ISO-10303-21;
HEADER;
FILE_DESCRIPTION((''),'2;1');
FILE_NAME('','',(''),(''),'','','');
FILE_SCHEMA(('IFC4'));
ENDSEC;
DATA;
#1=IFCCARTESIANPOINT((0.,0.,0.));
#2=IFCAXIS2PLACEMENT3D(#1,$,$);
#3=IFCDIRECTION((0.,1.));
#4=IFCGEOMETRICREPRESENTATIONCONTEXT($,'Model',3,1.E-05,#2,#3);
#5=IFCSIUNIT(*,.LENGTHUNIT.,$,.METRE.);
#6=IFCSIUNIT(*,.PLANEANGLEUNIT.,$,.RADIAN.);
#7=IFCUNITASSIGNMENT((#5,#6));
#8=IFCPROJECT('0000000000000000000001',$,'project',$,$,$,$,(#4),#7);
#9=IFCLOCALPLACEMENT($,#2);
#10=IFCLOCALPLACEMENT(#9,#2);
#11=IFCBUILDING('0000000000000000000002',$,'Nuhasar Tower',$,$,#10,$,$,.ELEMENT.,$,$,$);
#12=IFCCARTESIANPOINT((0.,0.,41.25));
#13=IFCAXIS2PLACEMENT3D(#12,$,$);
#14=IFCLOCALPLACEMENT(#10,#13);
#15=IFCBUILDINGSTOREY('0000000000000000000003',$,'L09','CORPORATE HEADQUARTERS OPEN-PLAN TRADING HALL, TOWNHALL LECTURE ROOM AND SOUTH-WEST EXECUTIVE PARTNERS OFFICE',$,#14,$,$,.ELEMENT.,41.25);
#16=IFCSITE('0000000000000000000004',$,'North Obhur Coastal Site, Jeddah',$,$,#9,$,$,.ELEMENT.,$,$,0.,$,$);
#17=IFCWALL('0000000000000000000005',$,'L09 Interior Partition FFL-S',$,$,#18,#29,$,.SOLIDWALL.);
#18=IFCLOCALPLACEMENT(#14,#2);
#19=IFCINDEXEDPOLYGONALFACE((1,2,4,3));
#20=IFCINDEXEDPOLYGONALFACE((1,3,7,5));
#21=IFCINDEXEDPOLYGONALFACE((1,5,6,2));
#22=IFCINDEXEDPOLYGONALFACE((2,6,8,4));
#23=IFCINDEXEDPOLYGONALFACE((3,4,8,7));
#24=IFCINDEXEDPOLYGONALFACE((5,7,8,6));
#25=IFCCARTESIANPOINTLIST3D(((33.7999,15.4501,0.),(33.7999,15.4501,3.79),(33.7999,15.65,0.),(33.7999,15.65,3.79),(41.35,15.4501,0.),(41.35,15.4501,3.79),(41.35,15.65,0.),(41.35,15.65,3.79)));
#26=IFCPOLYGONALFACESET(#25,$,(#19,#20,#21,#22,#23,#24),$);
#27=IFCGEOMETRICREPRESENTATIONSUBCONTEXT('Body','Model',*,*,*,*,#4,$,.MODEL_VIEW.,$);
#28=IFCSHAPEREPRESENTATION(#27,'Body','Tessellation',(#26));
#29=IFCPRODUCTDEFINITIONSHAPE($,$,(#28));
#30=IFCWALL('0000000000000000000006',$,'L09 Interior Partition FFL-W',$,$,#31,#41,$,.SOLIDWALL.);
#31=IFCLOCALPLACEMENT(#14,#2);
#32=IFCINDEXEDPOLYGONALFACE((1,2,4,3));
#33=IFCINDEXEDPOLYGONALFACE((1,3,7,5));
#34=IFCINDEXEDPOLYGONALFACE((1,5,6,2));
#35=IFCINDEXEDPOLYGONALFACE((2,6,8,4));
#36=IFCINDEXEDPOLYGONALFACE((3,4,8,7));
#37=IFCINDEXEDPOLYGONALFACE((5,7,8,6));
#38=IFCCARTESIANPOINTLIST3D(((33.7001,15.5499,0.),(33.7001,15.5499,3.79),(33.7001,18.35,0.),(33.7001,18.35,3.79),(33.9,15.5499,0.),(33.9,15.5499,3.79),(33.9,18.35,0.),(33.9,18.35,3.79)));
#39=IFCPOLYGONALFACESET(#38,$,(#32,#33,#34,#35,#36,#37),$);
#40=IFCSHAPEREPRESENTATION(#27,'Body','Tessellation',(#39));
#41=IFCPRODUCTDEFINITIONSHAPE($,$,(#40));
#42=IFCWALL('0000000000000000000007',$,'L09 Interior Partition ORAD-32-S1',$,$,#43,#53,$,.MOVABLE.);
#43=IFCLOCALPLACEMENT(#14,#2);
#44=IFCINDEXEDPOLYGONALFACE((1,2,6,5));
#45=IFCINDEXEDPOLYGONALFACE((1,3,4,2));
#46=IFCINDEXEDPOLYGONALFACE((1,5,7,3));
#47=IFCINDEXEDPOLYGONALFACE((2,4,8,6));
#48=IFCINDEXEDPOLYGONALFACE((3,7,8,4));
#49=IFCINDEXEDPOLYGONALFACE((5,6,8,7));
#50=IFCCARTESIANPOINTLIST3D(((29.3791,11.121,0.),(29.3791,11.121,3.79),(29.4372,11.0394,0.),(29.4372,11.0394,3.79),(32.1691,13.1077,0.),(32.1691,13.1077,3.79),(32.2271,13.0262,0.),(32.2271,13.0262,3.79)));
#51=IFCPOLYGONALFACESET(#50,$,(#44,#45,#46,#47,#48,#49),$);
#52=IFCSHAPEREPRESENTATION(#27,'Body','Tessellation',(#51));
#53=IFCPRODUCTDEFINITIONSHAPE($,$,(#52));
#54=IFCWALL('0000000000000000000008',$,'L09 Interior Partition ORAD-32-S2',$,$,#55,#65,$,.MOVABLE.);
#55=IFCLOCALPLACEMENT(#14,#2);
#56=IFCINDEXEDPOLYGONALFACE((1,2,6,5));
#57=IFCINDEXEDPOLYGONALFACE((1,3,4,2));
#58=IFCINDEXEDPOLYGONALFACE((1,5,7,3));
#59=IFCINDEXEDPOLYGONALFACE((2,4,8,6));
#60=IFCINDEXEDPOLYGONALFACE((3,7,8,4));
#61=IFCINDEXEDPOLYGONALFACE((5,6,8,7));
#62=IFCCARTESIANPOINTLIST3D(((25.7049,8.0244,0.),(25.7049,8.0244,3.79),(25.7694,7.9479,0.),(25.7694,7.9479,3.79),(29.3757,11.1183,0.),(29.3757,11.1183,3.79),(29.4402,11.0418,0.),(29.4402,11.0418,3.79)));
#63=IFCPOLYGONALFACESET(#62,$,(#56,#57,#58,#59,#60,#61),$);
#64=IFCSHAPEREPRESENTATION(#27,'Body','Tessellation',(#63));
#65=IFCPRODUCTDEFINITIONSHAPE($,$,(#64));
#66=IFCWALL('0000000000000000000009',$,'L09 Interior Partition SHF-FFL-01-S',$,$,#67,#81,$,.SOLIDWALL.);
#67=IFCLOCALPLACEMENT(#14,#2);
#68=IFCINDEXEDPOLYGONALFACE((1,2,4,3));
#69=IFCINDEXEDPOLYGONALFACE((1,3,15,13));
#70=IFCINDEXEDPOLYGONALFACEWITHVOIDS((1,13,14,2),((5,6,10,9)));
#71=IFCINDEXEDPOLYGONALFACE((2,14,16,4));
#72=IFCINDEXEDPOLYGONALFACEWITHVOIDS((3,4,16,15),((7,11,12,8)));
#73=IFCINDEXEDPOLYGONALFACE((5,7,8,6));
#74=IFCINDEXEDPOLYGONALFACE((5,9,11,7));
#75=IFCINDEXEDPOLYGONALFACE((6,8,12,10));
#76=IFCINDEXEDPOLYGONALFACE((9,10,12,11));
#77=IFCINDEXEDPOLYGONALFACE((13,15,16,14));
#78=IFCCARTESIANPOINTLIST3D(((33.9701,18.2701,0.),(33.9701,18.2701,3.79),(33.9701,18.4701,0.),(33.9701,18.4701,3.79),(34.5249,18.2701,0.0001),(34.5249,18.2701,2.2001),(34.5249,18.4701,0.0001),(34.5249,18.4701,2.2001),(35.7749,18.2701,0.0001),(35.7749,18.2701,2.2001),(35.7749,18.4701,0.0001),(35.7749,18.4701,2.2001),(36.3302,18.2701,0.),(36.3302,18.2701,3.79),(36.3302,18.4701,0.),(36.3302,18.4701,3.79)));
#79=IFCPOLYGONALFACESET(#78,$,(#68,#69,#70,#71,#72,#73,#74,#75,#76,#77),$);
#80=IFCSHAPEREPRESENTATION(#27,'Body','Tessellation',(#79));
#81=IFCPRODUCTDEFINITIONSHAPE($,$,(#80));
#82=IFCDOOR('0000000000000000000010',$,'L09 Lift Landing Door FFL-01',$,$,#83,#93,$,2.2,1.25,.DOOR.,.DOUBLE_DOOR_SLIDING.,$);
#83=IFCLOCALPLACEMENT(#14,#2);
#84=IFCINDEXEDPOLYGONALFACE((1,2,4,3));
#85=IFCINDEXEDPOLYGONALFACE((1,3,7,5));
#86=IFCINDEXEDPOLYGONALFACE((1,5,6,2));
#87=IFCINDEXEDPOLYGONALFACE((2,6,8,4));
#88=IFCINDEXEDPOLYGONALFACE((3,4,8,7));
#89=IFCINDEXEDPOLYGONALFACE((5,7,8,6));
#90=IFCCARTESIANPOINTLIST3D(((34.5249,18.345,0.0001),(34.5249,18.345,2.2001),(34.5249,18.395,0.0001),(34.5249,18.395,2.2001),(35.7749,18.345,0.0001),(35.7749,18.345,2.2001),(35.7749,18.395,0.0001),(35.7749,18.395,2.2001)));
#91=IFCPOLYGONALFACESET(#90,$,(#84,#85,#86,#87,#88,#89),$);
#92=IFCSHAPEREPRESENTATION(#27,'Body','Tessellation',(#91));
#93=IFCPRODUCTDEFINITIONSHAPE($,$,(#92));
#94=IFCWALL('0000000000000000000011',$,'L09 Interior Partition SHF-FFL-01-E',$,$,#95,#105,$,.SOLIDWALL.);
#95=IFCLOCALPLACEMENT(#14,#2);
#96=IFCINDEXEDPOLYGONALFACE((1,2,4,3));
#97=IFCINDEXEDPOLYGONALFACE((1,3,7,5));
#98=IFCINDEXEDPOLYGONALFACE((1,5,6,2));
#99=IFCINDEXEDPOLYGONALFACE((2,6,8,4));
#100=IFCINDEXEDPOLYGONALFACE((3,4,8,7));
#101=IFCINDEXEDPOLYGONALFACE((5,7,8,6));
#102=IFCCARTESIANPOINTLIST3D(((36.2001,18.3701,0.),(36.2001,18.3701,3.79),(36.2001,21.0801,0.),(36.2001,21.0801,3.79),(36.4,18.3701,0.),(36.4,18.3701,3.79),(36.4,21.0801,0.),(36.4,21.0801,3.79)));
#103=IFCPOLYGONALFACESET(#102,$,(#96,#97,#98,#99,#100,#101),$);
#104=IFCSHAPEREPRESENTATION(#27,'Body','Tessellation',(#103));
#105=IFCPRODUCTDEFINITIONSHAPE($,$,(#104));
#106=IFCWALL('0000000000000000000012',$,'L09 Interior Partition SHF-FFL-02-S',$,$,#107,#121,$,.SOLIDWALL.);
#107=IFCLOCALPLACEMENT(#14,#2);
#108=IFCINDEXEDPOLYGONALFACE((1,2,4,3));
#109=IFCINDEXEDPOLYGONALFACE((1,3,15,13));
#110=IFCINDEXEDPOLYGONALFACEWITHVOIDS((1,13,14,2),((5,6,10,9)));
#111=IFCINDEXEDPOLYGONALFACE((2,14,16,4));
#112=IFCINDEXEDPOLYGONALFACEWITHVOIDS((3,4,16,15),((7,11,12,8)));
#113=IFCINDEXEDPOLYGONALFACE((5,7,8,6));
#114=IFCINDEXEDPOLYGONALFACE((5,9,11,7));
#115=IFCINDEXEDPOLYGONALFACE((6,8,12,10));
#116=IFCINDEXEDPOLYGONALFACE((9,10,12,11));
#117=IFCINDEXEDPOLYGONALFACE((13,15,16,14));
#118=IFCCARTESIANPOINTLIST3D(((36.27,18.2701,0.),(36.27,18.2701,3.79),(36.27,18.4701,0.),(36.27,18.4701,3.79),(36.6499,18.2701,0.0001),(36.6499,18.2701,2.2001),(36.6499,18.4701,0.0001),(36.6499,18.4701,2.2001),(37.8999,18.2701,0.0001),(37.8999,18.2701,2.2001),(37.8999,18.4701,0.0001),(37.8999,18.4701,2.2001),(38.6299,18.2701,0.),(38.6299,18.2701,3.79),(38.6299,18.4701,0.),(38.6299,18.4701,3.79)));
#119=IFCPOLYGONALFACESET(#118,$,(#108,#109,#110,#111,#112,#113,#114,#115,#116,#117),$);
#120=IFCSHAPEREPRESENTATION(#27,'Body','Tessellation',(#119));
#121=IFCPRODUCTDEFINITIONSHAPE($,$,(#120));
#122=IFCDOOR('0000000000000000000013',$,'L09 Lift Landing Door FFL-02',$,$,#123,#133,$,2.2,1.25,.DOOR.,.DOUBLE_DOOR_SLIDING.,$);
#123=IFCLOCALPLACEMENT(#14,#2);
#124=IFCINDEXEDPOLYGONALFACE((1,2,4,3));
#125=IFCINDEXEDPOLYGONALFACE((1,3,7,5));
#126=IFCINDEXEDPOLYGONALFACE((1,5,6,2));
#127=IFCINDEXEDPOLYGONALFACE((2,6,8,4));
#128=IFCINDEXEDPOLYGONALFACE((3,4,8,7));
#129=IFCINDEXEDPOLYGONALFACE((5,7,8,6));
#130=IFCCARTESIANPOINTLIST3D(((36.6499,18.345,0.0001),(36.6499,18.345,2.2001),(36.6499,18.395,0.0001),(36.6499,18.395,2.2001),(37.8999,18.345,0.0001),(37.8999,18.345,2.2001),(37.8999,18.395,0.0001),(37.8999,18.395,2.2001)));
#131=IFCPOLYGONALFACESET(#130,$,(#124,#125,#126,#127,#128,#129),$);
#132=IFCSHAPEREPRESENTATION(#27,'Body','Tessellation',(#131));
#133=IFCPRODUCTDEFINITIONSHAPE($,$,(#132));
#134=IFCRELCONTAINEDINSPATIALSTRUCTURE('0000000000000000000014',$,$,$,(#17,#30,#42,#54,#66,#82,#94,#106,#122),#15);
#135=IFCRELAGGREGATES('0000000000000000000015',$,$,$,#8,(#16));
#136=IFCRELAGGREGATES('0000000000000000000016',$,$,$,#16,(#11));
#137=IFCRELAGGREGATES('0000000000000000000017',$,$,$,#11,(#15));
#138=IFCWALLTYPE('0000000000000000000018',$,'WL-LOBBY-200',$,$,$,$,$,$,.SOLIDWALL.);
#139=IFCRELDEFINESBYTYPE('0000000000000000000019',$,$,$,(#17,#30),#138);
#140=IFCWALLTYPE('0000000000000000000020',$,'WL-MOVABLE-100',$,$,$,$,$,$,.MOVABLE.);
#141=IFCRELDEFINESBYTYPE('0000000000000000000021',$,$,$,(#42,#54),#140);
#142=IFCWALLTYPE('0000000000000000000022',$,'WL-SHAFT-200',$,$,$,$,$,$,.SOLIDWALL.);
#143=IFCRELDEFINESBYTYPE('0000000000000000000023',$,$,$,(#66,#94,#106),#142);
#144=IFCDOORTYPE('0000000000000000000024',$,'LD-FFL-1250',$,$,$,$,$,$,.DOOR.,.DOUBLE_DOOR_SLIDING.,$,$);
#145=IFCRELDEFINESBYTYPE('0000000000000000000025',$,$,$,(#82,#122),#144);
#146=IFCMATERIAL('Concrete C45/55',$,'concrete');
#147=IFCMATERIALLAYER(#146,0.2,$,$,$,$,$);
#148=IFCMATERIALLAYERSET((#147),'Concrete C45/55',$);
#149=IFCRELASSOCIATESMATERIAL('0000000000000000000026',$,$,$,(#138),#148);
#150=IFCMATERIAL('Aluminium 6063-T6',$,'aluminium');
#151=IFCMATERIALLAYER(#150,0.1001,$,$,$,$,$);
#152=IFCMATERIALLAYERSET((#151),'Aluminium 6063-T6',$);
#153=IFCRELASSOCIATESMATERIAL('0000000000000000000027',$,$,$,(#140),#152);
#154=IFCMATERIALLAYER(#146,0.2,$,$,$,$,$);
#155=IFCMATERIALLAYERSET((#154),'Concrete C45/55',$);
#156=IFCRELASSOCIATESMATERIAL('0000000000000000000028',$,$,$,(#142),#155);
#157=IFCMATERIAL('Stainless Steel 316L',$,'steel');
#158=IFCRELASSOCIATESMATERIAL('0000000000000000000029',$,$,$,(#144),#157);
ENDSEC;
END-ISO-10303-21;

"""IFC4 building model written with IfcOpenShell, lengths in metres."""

from ifc_helpers import new_model, si_unit, direction, frame, frame_2d, origin, place, context, subcontext, project, spatial, rectangle, extrude, material, layer, layer_set, type_object, element, fill, save


model = new_model("IFC4")

# Units and contexts
model_context = context("Model", 3, precision=1e-05, world=origin(), true_north=direction((0.0, 1.0)))
body_context = subcontext(model_context, "Body", "Model", "MODEL_VIEW")
ifc_project = project(units=[si_unit("LENGTHUNIT", "METRE"), si_unit("PLANEANGLEUNIT", "RADIAN")], contexts=[model_context])

# Site, building, storey
site_placement = place(None, origin())
site = spatial("IfcSite", under=ifc_project, at=site_placement, Name="North Obhur Coastal Site, Jeddah", CompositionType="ELEMENT", RefElevation=0.0)
building_placement = place(site_placement, origin())
building = spatial("IfcBuilding", under=site, at=building_placement, Name="Nuhasar Tower", CompositionType="ELEMENT")
storey_placement = place(building_placement, frame((0.0, 0.0, 41.25)))
storey = spatial("IfcBuildingStorey", under=building, at=storey_placement, Name="L09", Description="CORPORATE HEADQUARTERS OPEN-PLAN TRADING HALL, TOWNHALL LECTURE ROOM AND SOUTH-WEST EXECUTIVE PARTNERS OFFICE", CompositionType="ELEMENT", Elevation=41.25)

# Shared definitions
ifc_material_1 = material(Name="Aluminium 6063-T6", Category="aluminium")

# Walls
ifc_material_2 = material(Name="Concrete C45/55", Category="concrete")
ifc_layer_1 = layer(ifc_material_2, 0.2)
ifc_layer_set_1 = layer_set([ifc_layer_1], Name="Concrete C45/55")
wall_type_1 = type_object("IfcWallType", Name="WL-LOBBY-200", PredefinedType="SOLIDWALL", material=ifc_layer_set_1)
wall_1_placement = place(storey_placement, frame((33.8, 15.55, 0.0), z_axis=(0.0, 0.0, 1.0), x_axis=(1.0, 0.0, 0.0)))
element("IfcWall", 1, at=wall_1_placement, inside=storey, type_object=wall_type_1, Name="L09 Interior Partition FFL-S", PredefinedType="SOLIDWALL", context=body_context, shape_type="SweptSolid", body=[
    extrude(rectangle(XDim=7.55, YDim=0.2, at=frame_2d((3.7749, 0.0))), origin(), (0.0, 0.0, 1.0), 3.79),
])
wall_2_placement = place(storey_placement, frame((33.8, 15.55, 0.0), z_axis=(0.0, 0.0, 1.0), x_axis=(0.0, 1.0, 0.0)))
element("IfcWall", 2, at=wall_2_placement, inside=storey, type_object=wall_type_1, Name="L09 Interior Partition FFL-W", PredefinedType="SOLIDWALL", context=body_context, shape_type="SweptSolid", body=[
    extrude(rectangle(XDim=2.8, YDim=0.2, at=frame_2d((1.3999, 0.0))), origin(), (0.0, 0.0, 1.0), 3.79),
])
ifc_layer_2 = layer(ifc_material_1, 0.1001)
ifc_layer_set_2 = layer_set([ifc_layer_2], Name="Aluminium 6063-T6")
wall_type_2 = type_object("IfcWallType", Name="WL-MOVABLE-100", PredefinedType="MOVABLE", material=ifc_layer_set_2)
wall_3_placement = place(storey_placement, frame((32.198, 13.0669, 0.0), z_axis=(0.0, 0.0, 1.0), x_axis=(-0.814571, -0.580064, 0.0)))
element("IfcWall", 3, at=wall_3_placement, inside=storey, type_object=wall_type_2, Name="L09 Interior Partition ORAD-32-S1", PredefinedType="MOVABLE", context=body_context, shape_type="SweptSolid", body=[
    extrude(rectangle(XDim=3.425, YDim=0.1001, at=frame_2d((1.7124, 0.0))), origin(), (0.0, 0.0, 1.0), 3.79),
])
wall_4_placement = place(storey_placement, frame((29.408, 11.0801, 0.0), z_axis=(0.0, 0.0, 1.0), x_axis=(-0.764633, -0.644466, 0.0)))
element("IfcWall", 4, at=wall_4_placement, inside=storey, type_object=wall_type_2, Name="L09 Interior Partition ORAD-32-S2", PredefinedType="MOVABLE", context=body_context, shape_type="SweptSolid", body=[
    extrude(rectangle(XDim=4.8008, YDim=0.1001, at=frame_2d((2.4004, 0.0))), origin(), (0.0, 0.0, 1.0), 3.79),
])

# Wall, opening, door
ifc_layer_3 = layer(ifc_material_2, 0.2)
ifc_layer_set_3 = layer_set([ifc_layer_3], Name="Concrete C45/55")
wall_type_3 = type_object("IfcWallType", Name="WL-SHAFT-200", PredefinedType="SOLIDWALL", material=ifc_layer_set_3)
wall_5_placement = place(storey_placement, frame((33.97, 18.3701, 0.0), z_axis=(0.0, 0.0, 1.0), x_axis=(1.0, 0.0, 0.0)))
wall_5 = element("IfcWall", 5, at=wall_5_placement, inside=storey, type_object=wall_type_3, Name="L09 Interior Partition SHF-FFL-01-S", PredefinedType="SOLIDWALL", context=body_context, shape_type="SweptSolid", body=[
    extrude(rectangle(XDim=2.3601, YDim=0.2, at=frame_2d((1.1802, 0.0))), origin(), (0.0, 0.0, 1.0), 3.79),
])
opening_1_placement = place(wall_5_placement, frame((0.5549, 0.0, 0.0)))
opening_1 = element("IfcOpeningElement", 6, at=opening_1_placement, cuts=wall_5, PredefinedType="OPENING", context=body_context, shape_type="SweptSolid", body=[
    extrude(rectangle(XDim=1.25, YDim=2.2, at=frame_2d((0.625, 1.1001))), frame((0.0, 0.1099, 0.0), z_axis=(0.0, -1.0, 0.0), x_axis=(1.0, 0.0, 0.0)), (0.0, 0.0, 1.0), 0.22),
])
ifc_material_3 = material(Name="Stainless Steel 316L", Category="steel")
door_type_1 = type_object("IfcDoorType", Name="LD-FFL-1250", OperationType="DOUBLE_DOOR_SLIDING", PredefinedType="DOOR", material=ifc_material_3)
door_1_placement = place(opening_1_placement, origin())
door_1 = element("IfcDoor", 7, at=door_1_placement, inside=storey, type_object=door_type_1, Name="L09 Lift Landing Door FFL-01", OperationType="DOUBLE_DOOR_SLIDING", OverallHeight=2.2, OverallWidth=1.25, PredefinedType="DOOR", context=body_context, shape_type="SweptSolid", body=[
    extrude(rectangle(XDim=1.25, YDim=2.2, at=frame_2d((0.625, 1.1001))), frame((0.0, 0.0249, 0.0), z_axis=(0.0, -1.0, 0.0), x_axis=(1.0, 0.0, 0.0)), (0.0, 0.0, 1.0), 0.05),
])
fill(opening_1, door_1)

# Wall
wall_6_placement = place(storey_placement, frame((36.3, 18.3701, 0.0), z_axis=(0.0, 0.0, 1.0), x_axis=(0.0, 1.0, 0.0)))
element("IfcWall", 8, at=wall_6_placement, inside=storey, type_object=wall_type_3, Name="L09 Interior Partition SHF-FFL-01-E", PredefinedType="SOLIDWALL", context=body_context, shape_type="SweptSolid", body=[
    extrude(rectangle(XDim=2.71, YDim=0.2, at=frame_2d((1.355, 0.0))), origin(), (0.0, 0.0, 1.0), 3.79),
])

# Wall, opening, door
wall_7_placement = place(storey_placement, frame((36.27, 18.3701, 0.0), z_axis=(0.0, 0.0, 1.0), x_axis=(1.0, 0.0, 0.0)))
wall_7 = element("IfcWall", 9, at=wall_7_placement, inside=storey, type_object=wall_type_3, Name="L09 Interior Partition SHF-FFL-02-S", PredefinedType="SOLIDWALL", context=body_context, shape_type="SweptSolid", body=[
    extrude(rectangle(XDim=2.3599, YDim=0.2, at=frame_2d((1.1799, 0.0))), origin(), (0.0, 0.0, 1.0), 3.79),
])
opening_2_placement = place(wall_7_placement, frame((0.3799, 0.0, 0.0)))
opening_2 = element("IfcOpeningElement", 10, at=opening_2_placement, cuts=wall_7, PredefinedType="OPENING", context=body_context, shape_type="SweptSolid", body=[
    extrude(rectangle(XDim=1.25, YDim=2.2, at=frame_2d((0.625, 1.1001))), frame((0.0, 0.1099, 0.0), z_axis=(0.0, -1.0, 0.0), x_axis=(1.0, 0.0, 0.0)), (0.0, 0.0, 1.0), 0.22),
])
door_2_placement = place(opening_2_placement, origin())
door_2 = element("IfcDoor", 11, at=door_2_placement, inside=storey, type_object=door_type_1, Name="L09 Lift Landing Door FFL-02", OperationType="DOUBLE_DOOR_SLIDING", OverallHeight=2.2, OverallWidth=1.25, PredefinedType="DOOR", context=body_context, shape_type="SweptSolid", body=[
    extrude(rectangle(XDim=1.25, YDim=2.2, at=frame_2d((0.625, 1.1001))), frame((0.0, 0.0249, 0.0), z_axis=(0.0, -1.0, 0.0), x_axis=(1.0, 0.0, 0.0)), (0.0, 0.0, 1.0), 0.05),
])
fill(opening_2, door_2)

save(model, "model.ifc")
